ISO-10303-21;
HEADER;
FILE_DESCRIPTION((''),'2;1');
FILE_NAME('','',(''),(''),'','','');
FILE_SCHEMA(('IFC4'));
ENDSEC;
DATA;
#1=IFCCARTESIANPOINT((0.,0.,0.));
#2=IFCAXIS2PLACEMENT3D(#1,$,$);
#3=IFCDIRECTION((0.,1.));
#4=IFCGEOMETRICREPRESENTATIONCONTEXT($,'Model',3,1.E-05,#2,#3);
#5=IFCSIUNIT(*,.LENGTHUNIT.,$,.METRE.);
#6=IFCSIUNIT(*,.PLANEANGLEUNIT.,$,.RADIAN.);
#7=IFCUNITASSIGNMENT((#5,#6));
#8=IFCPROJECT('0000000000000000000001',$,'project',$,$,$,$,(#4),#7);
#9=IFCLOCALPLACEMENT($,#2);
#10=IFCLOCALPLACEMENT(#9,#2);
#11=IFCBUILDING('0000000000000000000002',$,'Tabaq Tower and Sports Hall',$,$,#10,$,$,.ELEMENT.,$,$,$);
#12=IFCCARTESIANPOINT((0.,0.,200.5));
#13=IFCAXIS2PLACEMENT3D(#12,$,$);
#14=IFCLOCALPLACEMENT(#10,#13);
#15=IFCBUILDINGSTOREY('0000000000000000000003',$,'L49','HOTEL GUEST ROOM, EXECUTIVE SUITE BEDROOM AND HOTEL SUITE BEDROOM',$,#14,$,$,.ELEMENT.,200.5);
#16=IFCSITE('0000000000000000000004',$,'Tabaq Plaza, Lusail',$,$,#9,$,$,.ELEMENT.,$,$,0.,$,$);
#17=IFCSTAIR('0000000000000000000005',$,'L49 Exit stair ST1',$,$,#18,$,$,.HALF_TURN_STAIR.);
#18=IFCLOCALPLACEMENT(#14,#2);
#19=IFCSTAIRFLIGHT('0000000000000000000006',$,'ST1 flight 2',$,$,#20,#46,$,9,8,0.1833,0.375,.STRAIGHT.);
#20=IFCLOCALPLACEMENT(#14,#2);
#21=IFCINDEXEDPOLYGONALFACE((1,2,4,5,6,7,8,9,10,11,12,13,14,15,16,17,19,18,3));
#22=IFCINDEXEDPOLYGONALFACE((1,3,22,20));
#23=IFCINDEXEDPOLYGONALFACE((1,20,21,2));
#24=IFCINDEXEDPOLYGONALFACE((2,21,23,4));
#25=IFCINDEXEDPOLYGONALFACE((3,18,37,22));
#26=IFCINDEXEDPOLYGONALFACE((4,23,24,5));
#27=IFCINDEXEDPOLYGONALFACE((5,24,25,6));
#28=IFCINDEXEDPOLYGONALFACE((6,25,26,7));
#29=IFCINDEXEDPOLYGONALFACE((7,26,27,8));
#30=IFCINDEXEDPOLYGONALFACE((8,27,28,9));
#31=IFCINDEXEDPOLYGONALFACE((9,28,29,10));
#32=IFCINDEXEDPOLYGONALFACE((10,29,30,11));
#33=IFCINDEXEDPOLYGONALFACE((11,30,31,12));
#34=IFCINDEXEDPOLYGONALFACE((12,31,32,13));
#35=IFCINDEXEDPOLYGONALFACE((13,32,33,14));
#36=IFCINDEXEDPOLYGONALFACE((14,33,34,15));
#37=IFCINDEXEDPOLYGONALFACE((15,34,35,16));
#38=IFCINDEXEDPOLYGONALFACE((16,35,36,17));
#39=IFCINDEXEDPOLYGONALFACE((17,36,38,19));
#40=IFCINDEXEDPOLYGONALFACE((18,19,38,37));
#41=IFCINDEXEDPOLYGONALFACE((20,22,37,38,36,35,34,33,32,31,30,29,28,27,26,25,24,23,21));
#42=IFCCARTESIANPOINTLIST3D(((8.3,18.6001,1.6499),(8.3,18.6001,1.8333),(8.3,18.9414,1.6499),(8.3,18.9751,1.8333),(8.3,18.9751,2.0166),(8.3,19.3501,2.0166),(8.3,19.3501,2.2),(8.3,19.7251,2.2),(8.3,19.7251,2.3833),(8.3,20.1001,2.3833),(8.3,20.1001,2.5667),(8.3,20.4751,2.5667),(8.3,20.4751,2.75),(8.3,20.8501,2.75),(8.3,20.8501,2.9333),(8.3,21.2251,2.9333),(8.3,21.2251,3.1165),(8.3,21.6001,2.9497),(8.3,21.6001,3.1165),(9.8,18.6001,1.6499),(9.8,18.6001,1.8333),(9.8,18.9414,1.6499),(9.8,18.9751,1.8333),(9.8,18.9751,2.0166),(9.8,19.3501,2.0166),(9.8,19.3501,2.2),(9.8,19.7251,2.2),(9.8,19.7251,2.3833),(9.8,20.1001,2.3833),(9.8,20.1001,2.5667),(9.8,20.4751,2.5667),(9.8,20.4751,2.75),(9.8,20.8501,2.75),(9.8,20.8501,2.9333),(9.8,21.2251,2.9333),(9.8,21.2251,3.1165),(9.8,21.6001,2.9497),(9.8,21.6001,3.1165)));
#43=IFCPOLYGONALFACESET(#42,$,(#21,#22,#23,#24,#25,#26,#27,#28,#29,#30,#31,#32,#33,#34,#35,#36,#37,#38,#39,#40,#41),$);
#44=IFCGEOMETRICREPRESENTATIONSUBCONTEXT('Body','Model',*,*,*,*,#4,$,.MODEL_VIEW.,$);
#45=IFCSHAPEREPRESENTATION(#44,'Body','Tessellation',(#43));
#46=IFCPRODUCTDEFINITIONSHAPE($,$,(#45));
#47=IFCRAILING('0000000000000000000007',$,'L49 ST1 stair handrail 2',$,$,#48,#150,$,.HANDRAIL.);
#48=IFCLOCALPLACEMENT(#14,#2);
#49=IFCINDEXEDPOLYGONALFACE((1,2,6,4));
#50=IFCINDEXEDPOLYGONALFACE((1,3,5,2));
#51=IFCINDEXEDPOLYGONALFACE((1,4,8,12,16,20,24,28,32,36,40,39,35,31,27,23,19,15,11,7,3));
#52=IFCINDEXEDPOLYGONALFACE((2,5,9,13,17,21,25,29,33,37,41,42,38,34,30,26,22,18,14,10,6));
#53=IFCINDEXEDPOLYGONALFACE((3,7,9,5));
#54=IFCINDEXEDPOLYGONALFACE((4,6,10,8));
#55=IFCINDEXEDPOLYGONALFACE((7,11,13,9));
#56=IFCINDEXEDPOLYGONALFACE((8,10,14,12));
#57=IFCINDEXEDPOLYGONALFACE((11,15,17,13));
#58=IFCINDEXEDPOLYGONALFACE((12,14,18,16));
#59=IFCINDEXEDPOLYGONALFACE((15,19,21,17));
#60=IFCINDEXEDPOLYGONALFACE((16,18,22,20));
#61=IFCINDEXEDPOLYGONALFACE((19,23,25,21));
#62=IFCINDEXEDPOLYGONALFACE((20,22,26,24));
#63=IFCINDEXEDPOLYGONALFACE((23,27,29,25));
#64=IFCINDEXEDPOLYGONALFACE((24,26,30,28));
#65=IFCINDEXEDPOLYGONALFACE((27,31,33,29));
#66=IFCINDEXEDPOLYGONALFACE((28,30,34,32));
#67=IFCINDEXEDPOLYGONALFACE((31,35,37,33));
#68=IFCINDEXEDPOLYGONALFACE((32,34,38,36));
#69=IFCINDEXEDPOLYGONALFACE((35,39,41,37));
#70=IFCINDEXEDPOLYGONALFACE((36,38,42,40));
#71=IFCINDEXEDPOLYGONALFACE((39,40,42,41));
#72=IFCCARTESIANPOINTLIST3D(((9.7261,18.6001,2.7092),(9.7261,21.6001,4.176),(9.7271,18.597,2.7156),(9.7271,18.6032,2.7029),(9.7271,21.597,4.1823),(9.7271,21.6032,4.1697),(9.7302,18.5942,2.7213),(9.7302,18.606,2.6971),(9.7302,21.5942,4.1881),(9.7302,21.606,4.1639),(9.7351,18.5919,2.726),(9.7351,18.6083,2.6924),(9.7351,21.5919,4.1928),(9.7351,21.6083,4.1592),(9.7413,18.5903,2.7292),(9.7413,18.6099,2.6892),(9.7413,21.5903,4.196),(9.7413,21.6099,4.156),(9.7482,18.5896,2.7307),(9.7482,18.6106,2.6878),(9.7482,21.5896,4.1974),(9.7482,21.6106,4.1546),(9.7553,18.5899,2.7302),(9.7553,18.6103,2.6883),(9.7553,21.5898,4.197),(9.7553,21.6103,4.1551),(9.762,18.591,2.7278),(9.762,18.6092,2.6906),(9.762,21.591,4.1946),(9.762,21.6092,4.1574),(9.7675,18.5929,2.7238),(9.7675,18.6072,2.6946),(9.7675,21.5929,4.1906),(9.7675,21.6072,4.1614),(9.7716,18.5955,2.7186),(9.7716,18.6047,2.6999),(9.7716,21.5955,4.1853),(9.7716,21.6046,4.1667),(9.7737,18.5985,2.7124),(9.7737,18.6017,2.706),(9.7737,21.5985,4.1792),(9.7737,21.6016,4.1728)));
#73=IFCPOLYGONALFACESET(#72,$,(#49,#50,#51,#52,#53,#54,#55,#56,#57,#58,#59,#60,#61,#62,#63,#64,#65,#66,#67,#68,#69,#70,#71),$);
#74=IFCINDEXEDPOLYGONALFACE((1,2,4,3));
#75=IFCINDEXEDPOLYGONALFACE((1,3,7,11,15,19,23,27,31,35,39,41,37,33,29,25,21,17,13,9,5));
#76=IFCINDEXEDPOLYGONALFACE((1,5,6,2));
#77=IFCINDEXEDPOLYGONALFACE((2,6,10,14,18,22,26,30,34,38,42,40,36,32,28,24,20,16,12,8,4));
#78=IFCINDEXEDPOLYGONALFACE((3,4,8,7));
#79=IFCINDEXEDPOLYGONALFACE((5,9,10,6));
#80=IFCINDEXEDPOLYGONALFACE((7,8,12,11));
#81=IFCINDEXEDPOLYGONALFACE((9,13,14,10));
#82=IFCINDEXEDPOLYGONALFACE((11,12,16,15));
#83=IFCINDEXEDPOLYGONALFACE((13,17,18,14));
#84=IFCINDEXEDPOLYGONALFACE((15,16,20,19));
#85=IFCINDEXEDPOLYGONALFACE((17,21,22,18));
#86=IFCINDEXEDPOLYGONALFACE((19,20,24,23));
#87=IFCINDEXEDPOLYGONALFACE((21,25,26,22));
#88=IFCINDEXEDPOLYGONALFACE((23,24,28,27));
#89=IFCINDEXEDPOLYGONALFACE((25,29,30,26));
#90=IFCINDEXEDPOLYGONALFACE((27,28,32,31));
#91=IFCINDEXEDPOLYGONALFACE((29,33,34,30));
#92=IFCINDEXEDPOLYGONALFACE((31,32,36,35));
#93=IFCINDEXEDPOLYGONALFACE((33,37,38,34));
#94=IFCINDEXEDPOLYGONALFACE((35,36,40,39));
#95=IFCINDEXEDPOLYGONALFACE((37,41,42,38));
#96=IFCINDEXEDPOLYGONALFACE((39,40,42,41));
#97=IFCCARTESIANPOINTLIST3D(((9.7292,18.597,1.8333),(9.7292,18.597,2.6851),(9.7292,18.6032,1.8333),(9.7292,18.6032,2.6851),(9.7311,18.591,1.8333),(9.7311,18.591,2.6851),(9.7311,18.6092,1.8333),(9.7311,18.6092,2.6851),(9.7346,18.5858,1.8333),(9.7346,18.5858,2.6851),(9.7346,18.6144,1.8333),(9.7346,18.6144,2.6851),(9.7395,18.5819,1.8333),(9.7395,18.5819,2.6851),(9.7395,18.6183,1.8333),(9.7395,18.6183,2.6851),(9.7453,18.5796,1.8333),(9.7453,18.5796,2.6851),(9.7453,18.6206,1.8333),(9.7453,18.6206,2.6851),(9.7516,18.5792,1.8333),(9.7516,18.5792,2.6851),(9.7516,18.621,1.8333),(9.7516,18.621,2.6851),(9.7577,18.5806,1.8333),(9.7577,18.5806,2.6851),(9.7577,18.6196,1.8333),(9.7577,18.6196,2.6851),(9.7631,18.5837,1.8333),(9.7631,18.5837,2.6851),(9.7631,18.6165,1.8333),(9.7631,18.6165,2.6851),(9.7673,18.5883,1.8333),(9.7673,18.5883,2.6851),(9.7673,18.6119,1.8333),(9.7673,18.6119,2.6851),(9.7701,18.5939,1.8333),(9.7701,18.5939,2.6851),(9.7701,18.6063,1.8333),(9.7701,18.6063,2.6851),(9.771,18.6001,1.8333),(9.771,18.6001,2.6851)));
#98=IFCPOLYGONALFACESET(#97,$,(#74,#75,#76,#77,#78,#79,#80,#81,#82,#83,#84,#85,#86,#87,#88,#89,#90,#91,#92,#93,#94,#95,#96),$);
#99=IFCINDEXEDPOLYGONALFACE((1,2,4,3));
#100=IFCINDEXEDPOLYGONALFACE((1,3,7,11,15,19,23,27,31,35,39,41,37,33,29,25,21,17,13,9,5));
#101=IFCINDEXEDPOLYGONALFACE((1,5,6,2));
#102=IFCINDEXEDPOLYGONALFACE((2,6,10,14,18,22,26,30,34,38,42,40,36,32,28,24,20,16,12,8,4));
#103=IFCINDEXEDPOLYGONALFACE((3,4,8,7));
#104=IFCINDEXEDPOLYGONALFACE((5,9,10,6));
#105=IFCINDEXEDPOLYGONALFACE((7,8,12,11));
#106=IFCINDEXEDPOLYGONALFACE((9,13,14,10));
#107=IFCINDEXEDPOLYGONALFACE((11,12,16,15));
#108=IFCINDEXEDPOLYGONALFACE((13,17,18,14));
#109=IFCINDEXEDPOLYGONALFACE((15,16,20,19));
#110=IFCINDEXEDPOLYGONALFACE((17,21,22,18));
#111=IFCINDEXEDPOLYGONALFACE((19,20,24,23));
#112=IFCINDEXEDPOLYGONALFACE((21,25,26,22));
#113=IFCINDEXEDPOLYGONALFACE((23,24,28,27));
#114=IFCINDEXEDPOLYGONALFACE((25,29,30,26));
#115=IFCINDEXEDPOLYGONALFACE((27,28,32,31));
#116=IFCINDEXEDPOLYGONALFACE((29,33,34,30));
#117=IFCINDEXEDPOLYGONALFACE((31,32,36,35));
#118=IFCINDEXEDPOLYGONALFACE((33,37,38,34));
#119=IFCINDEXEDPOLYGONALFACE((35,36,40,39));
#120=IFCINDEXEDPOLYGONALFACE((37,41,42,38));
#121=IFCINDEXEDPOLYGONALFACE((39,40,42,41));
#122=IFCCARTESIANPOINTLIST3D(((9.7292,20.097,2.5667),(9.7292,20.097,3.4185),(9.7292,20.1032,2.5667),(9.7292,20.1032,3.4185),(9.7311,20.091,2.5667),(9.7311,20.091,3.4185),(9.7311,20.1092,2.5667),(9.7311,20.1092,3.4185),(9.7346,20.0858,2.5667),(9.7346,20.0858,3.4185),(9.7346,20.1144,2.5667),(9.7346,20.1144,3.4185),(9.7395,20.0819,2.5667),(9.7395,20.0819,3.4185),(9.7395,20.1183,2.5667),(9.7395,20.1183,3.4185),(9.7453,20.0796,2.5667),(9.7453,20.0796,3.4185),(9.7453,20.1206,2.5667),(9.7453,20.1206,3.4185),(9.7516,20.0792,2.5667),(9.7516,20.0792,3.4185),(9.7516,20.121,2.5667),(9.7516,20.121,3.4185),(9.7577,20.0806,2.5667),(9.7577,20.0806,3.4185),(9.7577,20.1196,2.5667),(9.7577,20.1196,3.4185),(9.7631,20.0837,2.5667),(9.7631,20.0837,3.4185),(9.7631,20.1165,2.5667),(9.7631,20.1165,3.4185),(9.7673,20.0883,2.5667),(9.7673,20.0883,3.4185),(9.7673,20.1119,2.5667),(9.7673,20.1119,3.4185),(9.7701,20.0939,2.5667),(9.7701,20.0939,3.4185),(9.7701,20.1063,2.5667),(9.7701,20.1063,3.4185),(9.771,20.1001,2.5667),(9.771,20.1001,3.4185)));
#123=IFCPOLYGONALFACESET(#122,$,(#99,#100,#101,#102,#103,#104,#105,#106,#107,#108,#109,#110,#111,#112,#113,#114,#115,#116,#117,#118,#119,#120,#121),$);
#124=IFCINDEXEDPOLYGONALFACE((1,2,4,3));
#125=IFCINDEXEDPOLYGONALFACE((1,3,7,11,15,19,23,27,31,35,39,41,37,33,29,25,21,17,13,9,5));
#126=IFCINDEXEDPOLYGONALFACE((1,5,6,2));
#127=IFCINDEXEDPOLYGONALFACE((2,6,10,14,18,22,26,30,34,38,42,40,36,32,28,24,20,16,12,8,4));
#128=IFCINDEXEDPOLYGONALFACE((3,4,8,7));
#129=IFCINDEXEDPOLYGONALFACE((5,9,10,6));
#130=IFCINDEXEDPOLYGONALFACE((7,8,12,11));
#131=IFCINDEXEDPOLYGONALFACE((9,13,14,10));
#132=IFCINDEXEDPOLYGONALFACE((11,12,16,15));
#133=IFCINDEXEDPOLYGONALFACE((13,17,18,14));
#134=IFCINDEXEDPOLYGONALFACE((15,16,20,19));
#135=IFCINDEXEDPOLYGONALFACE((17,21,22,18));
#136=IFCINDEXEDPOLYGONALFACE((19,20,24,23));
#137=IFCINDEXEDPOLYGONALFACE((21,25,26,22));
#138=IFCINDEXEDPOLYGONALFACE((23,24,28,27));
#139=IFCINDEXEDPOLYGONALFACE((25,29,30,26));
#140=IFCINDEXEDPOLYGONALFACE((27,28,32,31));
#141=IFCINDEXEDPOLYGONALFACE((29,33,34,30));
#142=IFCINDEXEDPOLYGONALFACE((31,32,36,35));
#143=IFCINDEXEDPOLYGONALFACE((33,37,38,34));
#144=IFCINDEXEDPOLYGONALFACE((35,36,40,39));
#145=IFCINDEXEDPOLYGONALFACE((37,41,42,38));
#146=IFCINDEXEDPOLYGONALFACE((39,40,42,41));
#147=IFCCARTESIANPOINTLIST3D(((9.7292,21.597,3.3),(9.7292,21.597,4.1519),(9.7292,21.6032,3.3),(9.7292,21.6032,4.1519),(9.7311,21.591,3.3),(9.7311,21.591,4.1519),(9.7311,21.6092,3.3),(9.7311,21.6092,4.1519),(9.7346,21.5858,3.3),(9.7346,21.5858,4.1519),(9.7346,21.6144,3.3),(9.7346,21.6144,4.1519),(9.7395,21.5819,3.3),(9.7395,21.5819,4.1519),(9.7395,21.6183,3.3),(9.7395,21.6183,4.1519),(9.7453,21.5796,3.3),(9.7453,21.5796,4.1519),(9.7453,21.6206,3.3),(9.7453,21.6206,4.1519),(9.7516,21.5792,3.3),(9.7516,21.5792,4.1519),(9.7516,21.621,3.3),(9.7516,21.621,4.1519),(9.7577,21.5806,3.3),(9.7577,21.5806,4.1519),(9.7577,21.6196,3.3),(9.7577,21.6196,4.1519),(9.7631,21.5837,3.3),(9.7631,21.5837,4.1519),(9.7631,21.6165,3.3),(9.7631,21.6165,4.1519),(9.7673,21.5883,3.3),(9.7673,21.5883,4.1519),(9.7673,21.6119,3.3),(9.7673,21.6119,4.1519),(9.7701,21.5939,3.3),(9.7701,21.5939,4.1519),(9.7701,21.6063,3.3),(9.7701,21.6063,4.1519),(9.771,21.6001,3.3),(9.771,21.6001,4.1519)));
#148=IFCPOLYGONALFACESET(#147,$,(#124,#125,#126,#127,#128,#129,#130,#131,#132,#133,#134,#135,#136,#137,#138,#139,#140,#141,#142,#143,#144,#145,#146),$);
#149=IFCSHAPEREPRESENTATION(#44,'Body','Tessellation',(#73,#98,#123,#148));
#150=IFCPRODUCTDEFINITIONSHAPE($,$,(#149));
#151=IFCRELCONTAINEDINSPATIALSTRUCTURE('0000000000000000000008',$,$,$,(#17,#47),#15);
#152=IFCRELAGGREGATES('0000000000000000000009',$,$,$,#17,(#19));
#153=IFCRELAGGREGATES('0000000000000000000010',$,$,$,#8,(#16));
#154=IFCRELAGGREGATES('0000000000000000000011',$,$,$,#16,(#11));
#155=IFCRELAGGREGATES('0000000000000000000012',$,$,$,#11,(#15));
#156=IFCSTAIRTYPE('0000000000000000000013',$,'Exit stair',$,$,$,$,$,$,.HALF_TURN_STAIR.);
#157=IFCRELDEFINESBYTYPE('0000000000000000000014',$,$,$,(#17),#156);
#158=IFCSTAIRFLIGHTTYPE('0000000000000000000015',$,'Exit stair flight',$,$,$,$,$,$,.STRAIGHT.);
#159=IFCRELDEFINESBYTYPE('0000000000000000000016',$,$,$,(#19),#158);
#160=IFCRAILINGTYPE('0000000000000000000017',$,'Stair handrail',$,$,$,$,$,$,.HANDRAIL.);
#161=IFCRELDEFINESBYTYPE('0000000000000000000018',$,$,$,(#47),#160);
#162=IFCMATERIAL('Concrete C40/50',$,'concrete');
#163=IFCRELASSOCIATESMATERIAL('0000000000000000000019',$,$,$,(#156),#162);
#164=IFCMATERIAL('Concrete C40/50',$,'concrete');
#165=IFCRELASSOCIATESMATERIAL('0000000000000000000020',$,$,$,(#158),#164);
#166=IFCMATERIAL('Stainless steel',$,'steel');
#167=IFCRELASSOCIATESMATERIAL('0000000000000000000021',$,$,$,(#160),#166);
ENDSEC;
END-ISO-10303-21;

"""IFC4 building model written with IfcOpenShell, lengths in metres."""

from ifc_helpers import new_model, si_unit, direction, frame, origin, origin_2d, place, context, subcontext, project, spatial, polyline, circle, outline, extrude, material, type_object, element, aggregate, save


model = new_model("IFC4")

# Units and contexts
model_context = context("Model", 3, precision=1e-05, world=origin(), true_north=direction((0.0, 1.0)))
body_context = subcontext(model_context, "Body", "Model", "MODEL_VIEW")
ifc_project = project(units=[si_unit("LENGTHUNIT", "METRE"), si_unit("PLANEANGLEUNIT", "RADIAN")], contexts=[model_context])

# Site, building, storey
site_placement = place(None, origin())
site = spatial("IfcSite", under=ifc_project, at=site_placement, Name="Tabaq Plaza, Lusail", CompositionType="ELEMENT", RefElevation=0.0)
building_placement = place(site_placement, origin())
building = spatial("IfcBuilding", under=site, at=building_placement, Name="Tabaq Tower and Sports Hall", CompositionType="ELEMENT")
storey_placement = place(building_placement, frame((0.0, 0.0, 200.5)))
storey = spatial("IfcBuildingStorey", under=building, at=storey_placement, Name="L49", Description="HOTEL GUEST ROOM, EXECUTIVE SUITE BEDROOM AND HOTEL SUITE BEDROOM", CompositionType="ELEMENT", Elevation=200.5)

# Stair, stair flight
ifc_material_1 = material(Name="Concrete C40/50", Category="concrete")
stair_type = type_object("IfcStairType", Name="Exit stair", PredefinedType="HALF_TURN_STAIR", material=ifc_material_1)
stair_placement = place(storey_placement, origin())
stair = element("IfcStair", 1, at=stair_placement, inside=storey, type_object=stair_type, Name="L49 Exit stair ST1", PredefinedType="HALF_TURN_STAIR")
ifc_material_2 = material(Name="Concrete C40/50", Category="concrete")
stair_flight_type = type_object("IfcStairFlightType", Name="Exit stair flight", PredefinedType="STRAIGHT", material=ifc_material_2)
stair_flight_placement = place(storey_placement, frame((9.05, 18.6001, 1.6499), z_axis=(0.0, 0.0, 1.0), x_axis=(0.0, 1.0, 0.0)))
stair_flight = element("IfcStairFlight", 2, at=stair_flight_placement, type_object=stair_flight_type, Name="ST1 flight 2", NumberOfRisers=9, NumberOfTreads=8, PredefinedType="STRAIGHT", RiserHeight=0.1833, TreadLength=0.375, context=body_context, shape_type="SweptSolid", body=[
    extrude(outline(polyline([(0.0, 0.0), (0.0, 0.1833), (0.375, 0.1833), (0.375, 0.3667), (0.75, 0.3667), (0.75, 0.55), (1.125, 0.55), (1.125, 0.7334), (1.5, 0.7334), (1.5, 0.9167), (1.875, 0.9167), (1.875, 1.1001), (2.25, 1.1001), (2.25, 1.2834), (2.625, 1.2834), (2.625, 1.4666), (3.0, 1.4666), (3.0, 1.6499), (3.0, 1.2998), (0.3413, 0.0), (0.0, 0.0)])), frame((0.0, 0.75, 0.0), z_axis=(0.0, -1.0, 0.0), x_axis=(1.0, 0.0, 0.0)), (0.0, 0.0, 1.0), 1.5),
])
aggregate(stair, [stair_flight])

# Railing
ifc_material_3 = material(Name="Stainless steel", Category="steel")
railing_type = type_object("IfcRailingType", Name="Stair handrail", PredefinedType="HANDRAIL", material=ifc_material_3)
railing_placement = place(storey_placement, frame((9.75, 18.6001, 1.8333)))
element("IfcRailing", 3, at=railing_placement, inside=storey, type_object=railing_type, Name="L49 ST1 stair handrail 2", PredefinedType="HANDRAIL", context=body_context, shape_type="SweptSolid", body=[
    extrude(circle(Radius=0.0239, at=origin_2d()), frame((0.0, 0.0, 0.876), z_axis=(0.0, 0.898369, 0.439242), x_axis=(-1.0, 0.0, 0.0)), (0.0, 0.0, 1.0), 3.3394),
    extrude(circle(Radius=0.021, at=origin_2d()), origin(), (0.0, 0.0, 1.0), 0.8518),
    extrude(circle(Radius=0.021, at=origin_2d()), frame((0.0, 1.5, 0.7334)), (0.0, 0.0, 1.0), 0.8518),
    extrude(circle(Radius=0.021, at=origin_2d()), frame((0.0, 3.0, 1.4668)), (0.0, 0.0, 1.0), 0.8518),
])

save(model, "model.ifc")
